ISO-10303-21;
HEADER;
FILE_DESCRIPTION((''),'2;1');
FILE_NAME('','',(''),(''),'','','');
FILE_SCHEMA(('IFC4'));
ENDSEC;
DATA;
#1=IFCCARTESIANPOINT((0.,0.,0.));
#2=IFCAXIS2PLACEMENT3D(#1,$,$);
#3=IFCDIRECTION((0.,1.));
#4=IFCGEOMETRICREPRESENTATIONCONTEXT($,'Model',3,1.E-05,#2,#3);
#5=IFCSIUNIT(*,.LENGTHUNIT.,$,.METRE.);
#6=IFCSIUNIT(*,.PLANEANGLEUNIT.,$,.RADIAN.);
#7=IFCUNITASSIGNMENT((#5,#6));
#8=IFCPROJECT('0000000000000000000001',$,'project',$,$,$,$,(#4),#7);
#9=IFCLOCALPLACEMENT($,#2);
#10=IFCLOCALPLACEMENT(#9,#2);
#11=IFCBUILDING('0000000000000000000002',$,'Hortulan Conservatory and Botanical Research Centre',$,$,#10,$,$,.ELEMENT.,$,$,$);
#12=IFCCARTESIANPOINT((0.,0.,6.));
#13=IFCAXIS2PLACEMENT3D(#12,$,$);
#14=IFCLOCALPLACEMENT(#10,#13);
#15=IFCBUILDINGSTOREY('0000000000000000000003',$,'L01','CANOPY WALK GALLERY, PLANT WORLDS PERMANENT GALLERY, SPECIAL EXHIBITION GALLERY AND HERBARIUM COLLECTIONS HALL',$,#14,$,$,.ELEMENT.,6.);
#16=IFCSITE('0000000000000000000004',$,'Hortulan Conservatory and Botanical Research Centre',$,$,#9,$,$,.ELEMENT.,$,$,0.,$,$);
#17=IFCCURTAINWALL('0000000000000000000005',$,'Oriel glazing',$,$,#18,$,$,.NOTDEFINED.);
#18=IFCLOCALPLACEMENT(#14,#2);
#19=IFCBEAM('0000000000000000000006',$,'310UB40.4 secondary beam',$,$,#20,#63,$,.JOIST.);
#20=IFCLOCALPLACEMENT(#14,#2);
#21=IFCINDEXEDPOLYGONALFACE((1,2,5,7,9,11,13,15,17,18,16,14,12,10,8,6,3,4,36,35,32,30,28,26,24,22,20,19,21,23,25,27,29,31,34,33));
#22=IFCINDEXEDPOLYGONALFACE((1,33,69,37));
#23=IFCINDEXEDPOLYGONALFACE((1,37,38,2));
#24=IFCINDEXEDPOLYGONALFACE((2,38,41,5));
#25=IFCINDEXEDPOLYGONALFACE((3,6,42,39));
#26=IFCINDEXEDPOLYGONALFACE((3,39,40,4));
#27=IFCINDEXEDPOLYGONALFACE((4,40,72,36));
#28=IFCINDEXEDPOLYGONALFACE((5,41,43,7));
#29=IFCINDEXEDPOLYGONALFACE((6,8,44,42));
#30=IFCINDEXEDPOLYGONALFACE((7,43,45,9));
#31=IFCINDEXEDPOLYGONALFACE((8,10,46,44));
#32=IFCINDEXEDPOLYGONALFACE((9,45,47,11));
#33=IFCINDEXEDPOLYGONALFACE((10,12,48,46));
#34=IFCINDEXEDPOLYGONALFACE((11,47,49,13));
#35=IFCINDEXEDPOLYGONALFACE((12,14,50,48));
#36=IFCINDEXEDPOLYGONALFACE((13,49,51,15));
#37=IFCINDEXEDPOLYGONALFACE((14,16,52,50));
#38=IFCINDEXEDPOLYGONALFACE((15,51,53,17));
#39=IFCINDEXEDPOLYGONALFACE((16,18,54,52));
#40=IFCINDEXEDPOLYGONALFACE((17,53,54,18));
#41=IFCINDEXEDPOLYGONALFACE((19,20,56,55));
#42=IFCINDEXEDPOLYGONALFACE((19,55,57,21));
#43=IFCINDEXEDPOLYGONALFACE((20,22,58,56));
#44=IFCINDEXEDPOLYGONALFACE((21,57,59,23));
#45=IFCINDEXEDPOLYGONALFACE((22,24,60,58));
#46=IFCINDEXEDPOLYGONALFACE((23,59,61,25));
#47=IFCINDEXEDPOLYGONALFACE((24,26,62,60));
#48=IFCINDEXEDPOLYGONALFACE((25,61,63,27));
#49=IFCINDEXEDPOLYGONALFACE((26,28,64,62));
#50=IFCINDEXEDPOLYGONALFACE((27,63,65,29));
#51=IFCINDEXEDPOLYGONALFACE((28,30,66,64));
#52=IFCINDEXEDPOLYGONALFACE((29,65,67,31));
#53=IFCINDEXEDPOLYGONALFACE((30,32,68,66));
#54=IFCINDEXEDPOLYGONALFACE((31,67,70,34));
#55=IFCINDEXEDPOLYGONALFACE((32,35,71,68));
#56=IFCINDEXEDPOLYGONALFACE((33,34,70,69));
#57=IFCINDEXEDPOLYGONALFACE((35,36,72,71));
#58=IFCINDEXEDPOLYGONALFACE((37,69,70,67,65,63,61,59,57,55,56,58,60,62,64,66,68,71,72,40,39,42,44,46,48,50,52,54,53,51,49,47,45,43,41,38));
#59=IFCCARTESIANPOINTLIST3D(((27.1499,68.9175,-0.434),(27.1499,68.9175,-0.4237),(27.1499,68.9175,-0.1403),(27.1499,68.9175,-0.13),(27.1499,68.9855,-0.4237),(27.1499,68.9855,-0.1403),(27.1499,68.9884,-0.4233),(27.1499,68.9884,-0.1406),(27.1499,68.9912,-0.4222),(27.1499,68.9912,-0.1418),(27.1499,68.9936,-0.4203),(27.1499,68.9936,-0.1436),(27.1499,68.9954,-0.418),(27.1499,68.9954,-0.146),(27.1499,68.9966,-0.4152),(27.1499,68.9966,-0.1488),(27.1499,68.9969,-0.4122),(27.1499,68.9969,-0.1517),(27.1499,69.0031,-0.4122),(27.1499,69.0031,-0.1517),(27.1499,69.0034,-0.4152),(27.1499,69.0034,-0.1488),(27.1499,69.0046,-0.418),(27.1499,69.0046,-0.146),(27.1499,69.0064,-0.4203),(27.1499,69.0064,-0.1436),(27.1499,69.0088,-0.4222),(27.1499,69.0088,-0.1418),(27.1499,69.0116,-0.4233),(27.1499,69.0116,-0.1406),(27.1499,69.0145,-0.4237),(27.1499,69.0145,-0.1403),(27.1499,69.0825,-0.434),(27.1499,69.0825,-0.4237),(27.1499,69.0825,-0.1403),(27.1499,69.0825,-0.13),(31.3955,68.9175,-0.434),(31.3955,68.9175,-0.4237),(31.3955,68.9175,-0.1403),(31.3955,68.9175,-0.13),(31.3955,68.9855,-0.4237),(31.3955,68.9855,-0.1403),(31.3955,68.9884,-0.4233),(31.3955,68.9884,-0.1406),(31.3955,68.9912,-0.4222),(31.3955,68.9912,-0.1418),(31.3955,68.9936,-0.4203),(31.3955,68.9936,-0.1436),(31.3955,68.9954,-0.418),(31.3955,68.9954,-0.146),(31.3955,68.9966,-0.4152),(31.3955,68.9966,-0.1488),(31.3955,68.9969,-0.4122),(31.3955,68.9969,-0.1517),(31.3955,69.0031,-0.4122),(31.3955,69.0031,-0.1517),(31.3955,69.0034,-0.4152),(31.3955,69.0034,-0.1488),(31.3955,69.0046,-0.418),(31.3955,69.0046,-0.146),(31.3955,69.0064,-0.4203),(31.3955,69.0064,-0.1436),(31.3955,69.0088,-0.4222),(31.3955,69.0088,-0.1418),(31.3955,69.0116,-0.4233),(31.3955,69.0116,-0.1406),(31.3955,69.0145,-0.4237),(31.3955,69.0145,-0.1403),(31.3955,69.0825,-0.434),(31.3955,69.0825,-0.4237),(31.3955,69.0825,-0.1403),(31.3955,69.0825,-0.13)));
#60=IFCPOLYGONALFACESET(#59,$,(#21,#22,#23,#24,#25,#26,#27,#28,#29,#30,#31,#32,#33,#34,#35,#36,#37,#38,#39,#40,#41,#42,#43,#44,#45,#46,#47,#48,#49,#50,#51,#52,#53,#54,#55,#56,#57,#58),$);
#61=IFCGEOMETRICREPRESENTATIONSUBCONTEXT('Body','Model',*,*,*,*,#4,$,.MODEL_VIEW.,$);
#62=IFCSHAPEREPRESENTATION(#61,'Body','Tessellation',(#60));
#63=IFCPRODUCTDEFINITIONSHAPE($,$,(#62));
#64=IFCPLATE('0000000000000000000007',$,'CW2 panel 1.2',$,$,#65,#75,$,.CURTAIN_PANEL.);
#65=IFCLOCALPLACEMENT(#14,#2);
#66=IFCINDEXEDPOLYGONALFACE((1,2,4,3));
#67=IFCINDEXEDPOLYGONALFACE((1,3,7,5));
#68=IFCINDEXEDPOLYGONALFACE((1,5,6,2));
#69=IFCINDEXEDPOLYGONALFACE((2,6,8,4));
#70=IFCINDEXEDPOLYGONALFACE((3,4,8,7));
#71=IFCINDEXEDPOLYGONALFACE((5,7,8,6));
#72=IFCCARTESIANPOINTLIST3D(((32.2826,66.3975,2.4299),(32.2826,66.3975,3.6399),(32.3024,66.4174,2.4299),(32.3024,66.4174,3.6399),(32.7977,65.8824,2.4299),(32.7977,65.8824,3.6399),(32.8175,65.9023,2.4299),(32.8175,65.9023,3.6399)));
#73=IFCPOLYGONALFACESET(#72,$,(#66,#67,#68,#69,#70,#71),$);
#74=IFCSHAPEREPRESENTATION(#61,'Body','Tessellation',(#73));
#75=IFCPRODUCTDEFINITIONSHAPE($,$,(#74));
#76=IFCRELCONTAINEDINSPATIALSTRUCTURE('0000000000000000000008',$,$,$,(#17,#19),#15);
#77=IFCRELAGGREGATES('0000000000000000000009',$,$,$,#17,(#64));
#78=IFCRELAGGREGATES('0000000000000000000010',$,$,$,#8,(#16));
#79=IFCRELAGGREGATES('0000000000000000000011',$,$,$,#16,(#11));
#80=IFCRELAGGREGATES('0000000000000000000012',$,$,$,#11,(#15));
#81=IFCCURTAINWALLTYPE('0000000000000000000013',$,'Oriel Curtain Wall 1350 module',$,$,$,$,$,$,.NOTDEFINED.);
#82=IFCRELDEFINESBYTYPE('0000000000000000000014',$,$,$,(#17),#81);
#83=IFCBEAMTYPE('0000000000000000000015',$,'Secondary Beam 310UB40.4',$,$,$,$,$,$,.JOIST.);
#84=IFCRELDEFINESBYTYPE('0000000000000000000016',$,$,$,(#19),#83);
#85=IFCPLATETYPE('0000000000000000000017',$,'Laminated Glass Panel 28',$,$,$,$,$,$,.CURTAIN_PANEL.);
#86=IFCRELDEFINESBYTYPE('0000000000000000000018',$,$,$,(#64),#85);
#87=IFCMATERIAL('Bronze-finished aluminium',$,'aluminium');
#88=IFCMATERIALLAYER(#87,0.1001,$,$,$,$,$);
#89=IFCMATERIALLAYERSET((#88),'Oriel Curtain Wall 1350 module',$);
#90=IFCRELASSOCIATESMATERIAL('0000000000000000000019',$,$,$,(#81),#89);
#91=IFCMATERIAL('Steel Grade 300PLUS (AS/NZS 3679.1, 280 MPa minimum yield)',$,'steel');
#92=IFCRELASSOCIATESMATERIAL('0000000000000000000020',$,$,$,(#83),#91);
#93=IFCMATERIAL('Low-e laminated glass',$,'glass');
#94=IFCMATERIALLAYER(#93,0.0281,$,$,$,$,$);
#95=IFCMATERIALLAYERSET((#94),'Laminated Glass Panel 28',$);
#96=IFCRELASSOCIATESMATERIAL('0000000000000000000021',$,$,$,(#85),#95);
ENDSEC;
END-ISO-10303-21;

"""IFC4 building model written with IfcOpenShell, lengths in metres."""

from ifc_helpers import new_model, si_unit, direction, frame, origin, origin_2d, place, context, subcontext, project, spatial, rectangle, i_section, extrude, material, layer, layer_set, material_profile, profile_set, type_object, element, aggregate, save


model = new_model("IFC4")

# Units and contexts
model_context = context("Model", 3, precision=1e-05, world=origin(), true_north=direction((0.0, 1.0)))
body_context = subcontext(model_context, "Body", "Model", "MODEL_VIEW")
ifc_project = project(units=[si_unit("LENGTHUNIT", "METRE"), si_unit("PLANEANGLEUNIT", "RADIAN")], contexts=[model_context])

# Site, building, storey
site_placement = place(None, origin())
site = spatial("IfcSite", under=ifc_project, at=site_placement, Name="Hortulan Conservatory and Botanical Research Centre", CompositionType="ELEMENT", RefElevation=0.0)
building_placement = place(site_placement, origin())
building = spatial("IfcBuilding", under=site, at=building_placement, Name="Hortulan Conservatory and Botanical Research Centre", CompositionType="ELEMENT")
storey_placement = place(building_placement, frame((0.0, 0.0, 6.0)))
storey = spatial("IfcBuildingStorey", under=building, at=storey_placement, Name="L01", Description="CANOPY WALK GALLERY, PLANT WORLDS PERMANENT GALLERY, SPECIAL EXHIBITION GALLERY AND HERBARIUM COLLECTIONS HALL", CompositionType="ELEMENT", Elevation=6.0)

# Shared definitions
ifc_material_1 = material(Name="Steel Grade 300PLUS (AS/NZS 3679.1, 280 MPa minimum yield)", Category="steel")

# Shared definitions
ifc_material_2 = material(Name="Bronze-finished aluminium", Category="aluminium")
ifc_layer_1 = layer(ifc_material_2, 0.1001)
ifc_layer_set_1 = layer_set([ifc_layer_1], Name="Oriel Curtain Wall 1350 module")
curtain_wall_type = type_object("IfcCurtainWallType", Name="Oriel Curtain Wall 1350 module", PredefinedType="NOTDEFINED", material=ifc_layer_set_1)

# Curtain wall
curtain_wall_1_placement = place(storey_placement, origin())
curtain_wall_1 = element("IfcCurtainWall", 1, at=curtain_wall_1_placement, inside=storey, type_object=curtain_wall_type, Name="Oriel glazing", PredefinedType="NOTDEFINED")

# Beam
ifc_material_profile_1 = material_profile(ifc_material_1, i_section(OverallWidth=0.165, OverallDepth=0.304, WebThickness=0.0061, FlangeThickness=0.0103, FilletRadius=0.0115, at=origin_2d()), Name="310UB40.4")
ifc_profile_set_1 = profile_set([ifc_material_profile_1], Name="Steel Grade 300PLUS (AS/NZS 3679.1, 280 MPa minimum yield)")
beam_type_1 = type_object("IfcBeamType", Name="Secondary Beam 310UB40.4", PredefinedType="JOIST", material=ifc_profile_set_1)
beam_1_placement = place(storey_placement, frame((27.1499, 69.0, -0.282), z_axis=(1.0, 0.0, 0.0), x_axis=(0.0, 1.0, 0.0)))
element("IfcBeam", 2, at=beam_1_placement, inside=storey, type_object=beam_type_1, Name="310UB40.4 secondary beam", PredefinedType="JOIST", context=body_context, shape_type="SweptSolid", body=[
    extrude(i_section(OverallWidth=0.165, OverallDepth=0.304, WebThickness=0.0061, FlangeThickness=0.0103, FilletRadius=0.0115, at=origin_2d()), origin(), (0.0, 0.0, 1.0), 4.2456),
])

# Plate
ifc_material_3 = material(Name="Low-e laminated glass", Category="glass")
ifc_layer_2 = layer(ifc_material_3, 0.0281)
ifc_layer_set_2 = layer_set([ifc_layer_2], Name="Laminated Glass Panel 28")
plate_type = type_object("IfcPlateType", Name="Laminated Glass Panel 28", PredefinedType="CURTAIN_PANEL", material=ifc_layer_set_2)
plate_placement = place(storey_placement, frame((32.55, 66.1499, 2.4299), z_axis=(0.0, 0.0, 1.0), x_axis=(0.707107, -0.707107, 0.0)))
plate = element("IfcPlate", 3, at=plate_placement, type_object=plate_type, Name="CW2 panel 1.2", PredefinedType="CURTAIN_PANEL", context=body_context, shape_type="SweptSolid", body=[
    extrude(rectangle(XDim=0.7285, YDim=0.0281, at=origin_2d()), origin(), (0.0, 0.0, 1.0), 1.21),
])
aggregate(curtain_wall_1, [plate])

save(model, "model.ifc")
